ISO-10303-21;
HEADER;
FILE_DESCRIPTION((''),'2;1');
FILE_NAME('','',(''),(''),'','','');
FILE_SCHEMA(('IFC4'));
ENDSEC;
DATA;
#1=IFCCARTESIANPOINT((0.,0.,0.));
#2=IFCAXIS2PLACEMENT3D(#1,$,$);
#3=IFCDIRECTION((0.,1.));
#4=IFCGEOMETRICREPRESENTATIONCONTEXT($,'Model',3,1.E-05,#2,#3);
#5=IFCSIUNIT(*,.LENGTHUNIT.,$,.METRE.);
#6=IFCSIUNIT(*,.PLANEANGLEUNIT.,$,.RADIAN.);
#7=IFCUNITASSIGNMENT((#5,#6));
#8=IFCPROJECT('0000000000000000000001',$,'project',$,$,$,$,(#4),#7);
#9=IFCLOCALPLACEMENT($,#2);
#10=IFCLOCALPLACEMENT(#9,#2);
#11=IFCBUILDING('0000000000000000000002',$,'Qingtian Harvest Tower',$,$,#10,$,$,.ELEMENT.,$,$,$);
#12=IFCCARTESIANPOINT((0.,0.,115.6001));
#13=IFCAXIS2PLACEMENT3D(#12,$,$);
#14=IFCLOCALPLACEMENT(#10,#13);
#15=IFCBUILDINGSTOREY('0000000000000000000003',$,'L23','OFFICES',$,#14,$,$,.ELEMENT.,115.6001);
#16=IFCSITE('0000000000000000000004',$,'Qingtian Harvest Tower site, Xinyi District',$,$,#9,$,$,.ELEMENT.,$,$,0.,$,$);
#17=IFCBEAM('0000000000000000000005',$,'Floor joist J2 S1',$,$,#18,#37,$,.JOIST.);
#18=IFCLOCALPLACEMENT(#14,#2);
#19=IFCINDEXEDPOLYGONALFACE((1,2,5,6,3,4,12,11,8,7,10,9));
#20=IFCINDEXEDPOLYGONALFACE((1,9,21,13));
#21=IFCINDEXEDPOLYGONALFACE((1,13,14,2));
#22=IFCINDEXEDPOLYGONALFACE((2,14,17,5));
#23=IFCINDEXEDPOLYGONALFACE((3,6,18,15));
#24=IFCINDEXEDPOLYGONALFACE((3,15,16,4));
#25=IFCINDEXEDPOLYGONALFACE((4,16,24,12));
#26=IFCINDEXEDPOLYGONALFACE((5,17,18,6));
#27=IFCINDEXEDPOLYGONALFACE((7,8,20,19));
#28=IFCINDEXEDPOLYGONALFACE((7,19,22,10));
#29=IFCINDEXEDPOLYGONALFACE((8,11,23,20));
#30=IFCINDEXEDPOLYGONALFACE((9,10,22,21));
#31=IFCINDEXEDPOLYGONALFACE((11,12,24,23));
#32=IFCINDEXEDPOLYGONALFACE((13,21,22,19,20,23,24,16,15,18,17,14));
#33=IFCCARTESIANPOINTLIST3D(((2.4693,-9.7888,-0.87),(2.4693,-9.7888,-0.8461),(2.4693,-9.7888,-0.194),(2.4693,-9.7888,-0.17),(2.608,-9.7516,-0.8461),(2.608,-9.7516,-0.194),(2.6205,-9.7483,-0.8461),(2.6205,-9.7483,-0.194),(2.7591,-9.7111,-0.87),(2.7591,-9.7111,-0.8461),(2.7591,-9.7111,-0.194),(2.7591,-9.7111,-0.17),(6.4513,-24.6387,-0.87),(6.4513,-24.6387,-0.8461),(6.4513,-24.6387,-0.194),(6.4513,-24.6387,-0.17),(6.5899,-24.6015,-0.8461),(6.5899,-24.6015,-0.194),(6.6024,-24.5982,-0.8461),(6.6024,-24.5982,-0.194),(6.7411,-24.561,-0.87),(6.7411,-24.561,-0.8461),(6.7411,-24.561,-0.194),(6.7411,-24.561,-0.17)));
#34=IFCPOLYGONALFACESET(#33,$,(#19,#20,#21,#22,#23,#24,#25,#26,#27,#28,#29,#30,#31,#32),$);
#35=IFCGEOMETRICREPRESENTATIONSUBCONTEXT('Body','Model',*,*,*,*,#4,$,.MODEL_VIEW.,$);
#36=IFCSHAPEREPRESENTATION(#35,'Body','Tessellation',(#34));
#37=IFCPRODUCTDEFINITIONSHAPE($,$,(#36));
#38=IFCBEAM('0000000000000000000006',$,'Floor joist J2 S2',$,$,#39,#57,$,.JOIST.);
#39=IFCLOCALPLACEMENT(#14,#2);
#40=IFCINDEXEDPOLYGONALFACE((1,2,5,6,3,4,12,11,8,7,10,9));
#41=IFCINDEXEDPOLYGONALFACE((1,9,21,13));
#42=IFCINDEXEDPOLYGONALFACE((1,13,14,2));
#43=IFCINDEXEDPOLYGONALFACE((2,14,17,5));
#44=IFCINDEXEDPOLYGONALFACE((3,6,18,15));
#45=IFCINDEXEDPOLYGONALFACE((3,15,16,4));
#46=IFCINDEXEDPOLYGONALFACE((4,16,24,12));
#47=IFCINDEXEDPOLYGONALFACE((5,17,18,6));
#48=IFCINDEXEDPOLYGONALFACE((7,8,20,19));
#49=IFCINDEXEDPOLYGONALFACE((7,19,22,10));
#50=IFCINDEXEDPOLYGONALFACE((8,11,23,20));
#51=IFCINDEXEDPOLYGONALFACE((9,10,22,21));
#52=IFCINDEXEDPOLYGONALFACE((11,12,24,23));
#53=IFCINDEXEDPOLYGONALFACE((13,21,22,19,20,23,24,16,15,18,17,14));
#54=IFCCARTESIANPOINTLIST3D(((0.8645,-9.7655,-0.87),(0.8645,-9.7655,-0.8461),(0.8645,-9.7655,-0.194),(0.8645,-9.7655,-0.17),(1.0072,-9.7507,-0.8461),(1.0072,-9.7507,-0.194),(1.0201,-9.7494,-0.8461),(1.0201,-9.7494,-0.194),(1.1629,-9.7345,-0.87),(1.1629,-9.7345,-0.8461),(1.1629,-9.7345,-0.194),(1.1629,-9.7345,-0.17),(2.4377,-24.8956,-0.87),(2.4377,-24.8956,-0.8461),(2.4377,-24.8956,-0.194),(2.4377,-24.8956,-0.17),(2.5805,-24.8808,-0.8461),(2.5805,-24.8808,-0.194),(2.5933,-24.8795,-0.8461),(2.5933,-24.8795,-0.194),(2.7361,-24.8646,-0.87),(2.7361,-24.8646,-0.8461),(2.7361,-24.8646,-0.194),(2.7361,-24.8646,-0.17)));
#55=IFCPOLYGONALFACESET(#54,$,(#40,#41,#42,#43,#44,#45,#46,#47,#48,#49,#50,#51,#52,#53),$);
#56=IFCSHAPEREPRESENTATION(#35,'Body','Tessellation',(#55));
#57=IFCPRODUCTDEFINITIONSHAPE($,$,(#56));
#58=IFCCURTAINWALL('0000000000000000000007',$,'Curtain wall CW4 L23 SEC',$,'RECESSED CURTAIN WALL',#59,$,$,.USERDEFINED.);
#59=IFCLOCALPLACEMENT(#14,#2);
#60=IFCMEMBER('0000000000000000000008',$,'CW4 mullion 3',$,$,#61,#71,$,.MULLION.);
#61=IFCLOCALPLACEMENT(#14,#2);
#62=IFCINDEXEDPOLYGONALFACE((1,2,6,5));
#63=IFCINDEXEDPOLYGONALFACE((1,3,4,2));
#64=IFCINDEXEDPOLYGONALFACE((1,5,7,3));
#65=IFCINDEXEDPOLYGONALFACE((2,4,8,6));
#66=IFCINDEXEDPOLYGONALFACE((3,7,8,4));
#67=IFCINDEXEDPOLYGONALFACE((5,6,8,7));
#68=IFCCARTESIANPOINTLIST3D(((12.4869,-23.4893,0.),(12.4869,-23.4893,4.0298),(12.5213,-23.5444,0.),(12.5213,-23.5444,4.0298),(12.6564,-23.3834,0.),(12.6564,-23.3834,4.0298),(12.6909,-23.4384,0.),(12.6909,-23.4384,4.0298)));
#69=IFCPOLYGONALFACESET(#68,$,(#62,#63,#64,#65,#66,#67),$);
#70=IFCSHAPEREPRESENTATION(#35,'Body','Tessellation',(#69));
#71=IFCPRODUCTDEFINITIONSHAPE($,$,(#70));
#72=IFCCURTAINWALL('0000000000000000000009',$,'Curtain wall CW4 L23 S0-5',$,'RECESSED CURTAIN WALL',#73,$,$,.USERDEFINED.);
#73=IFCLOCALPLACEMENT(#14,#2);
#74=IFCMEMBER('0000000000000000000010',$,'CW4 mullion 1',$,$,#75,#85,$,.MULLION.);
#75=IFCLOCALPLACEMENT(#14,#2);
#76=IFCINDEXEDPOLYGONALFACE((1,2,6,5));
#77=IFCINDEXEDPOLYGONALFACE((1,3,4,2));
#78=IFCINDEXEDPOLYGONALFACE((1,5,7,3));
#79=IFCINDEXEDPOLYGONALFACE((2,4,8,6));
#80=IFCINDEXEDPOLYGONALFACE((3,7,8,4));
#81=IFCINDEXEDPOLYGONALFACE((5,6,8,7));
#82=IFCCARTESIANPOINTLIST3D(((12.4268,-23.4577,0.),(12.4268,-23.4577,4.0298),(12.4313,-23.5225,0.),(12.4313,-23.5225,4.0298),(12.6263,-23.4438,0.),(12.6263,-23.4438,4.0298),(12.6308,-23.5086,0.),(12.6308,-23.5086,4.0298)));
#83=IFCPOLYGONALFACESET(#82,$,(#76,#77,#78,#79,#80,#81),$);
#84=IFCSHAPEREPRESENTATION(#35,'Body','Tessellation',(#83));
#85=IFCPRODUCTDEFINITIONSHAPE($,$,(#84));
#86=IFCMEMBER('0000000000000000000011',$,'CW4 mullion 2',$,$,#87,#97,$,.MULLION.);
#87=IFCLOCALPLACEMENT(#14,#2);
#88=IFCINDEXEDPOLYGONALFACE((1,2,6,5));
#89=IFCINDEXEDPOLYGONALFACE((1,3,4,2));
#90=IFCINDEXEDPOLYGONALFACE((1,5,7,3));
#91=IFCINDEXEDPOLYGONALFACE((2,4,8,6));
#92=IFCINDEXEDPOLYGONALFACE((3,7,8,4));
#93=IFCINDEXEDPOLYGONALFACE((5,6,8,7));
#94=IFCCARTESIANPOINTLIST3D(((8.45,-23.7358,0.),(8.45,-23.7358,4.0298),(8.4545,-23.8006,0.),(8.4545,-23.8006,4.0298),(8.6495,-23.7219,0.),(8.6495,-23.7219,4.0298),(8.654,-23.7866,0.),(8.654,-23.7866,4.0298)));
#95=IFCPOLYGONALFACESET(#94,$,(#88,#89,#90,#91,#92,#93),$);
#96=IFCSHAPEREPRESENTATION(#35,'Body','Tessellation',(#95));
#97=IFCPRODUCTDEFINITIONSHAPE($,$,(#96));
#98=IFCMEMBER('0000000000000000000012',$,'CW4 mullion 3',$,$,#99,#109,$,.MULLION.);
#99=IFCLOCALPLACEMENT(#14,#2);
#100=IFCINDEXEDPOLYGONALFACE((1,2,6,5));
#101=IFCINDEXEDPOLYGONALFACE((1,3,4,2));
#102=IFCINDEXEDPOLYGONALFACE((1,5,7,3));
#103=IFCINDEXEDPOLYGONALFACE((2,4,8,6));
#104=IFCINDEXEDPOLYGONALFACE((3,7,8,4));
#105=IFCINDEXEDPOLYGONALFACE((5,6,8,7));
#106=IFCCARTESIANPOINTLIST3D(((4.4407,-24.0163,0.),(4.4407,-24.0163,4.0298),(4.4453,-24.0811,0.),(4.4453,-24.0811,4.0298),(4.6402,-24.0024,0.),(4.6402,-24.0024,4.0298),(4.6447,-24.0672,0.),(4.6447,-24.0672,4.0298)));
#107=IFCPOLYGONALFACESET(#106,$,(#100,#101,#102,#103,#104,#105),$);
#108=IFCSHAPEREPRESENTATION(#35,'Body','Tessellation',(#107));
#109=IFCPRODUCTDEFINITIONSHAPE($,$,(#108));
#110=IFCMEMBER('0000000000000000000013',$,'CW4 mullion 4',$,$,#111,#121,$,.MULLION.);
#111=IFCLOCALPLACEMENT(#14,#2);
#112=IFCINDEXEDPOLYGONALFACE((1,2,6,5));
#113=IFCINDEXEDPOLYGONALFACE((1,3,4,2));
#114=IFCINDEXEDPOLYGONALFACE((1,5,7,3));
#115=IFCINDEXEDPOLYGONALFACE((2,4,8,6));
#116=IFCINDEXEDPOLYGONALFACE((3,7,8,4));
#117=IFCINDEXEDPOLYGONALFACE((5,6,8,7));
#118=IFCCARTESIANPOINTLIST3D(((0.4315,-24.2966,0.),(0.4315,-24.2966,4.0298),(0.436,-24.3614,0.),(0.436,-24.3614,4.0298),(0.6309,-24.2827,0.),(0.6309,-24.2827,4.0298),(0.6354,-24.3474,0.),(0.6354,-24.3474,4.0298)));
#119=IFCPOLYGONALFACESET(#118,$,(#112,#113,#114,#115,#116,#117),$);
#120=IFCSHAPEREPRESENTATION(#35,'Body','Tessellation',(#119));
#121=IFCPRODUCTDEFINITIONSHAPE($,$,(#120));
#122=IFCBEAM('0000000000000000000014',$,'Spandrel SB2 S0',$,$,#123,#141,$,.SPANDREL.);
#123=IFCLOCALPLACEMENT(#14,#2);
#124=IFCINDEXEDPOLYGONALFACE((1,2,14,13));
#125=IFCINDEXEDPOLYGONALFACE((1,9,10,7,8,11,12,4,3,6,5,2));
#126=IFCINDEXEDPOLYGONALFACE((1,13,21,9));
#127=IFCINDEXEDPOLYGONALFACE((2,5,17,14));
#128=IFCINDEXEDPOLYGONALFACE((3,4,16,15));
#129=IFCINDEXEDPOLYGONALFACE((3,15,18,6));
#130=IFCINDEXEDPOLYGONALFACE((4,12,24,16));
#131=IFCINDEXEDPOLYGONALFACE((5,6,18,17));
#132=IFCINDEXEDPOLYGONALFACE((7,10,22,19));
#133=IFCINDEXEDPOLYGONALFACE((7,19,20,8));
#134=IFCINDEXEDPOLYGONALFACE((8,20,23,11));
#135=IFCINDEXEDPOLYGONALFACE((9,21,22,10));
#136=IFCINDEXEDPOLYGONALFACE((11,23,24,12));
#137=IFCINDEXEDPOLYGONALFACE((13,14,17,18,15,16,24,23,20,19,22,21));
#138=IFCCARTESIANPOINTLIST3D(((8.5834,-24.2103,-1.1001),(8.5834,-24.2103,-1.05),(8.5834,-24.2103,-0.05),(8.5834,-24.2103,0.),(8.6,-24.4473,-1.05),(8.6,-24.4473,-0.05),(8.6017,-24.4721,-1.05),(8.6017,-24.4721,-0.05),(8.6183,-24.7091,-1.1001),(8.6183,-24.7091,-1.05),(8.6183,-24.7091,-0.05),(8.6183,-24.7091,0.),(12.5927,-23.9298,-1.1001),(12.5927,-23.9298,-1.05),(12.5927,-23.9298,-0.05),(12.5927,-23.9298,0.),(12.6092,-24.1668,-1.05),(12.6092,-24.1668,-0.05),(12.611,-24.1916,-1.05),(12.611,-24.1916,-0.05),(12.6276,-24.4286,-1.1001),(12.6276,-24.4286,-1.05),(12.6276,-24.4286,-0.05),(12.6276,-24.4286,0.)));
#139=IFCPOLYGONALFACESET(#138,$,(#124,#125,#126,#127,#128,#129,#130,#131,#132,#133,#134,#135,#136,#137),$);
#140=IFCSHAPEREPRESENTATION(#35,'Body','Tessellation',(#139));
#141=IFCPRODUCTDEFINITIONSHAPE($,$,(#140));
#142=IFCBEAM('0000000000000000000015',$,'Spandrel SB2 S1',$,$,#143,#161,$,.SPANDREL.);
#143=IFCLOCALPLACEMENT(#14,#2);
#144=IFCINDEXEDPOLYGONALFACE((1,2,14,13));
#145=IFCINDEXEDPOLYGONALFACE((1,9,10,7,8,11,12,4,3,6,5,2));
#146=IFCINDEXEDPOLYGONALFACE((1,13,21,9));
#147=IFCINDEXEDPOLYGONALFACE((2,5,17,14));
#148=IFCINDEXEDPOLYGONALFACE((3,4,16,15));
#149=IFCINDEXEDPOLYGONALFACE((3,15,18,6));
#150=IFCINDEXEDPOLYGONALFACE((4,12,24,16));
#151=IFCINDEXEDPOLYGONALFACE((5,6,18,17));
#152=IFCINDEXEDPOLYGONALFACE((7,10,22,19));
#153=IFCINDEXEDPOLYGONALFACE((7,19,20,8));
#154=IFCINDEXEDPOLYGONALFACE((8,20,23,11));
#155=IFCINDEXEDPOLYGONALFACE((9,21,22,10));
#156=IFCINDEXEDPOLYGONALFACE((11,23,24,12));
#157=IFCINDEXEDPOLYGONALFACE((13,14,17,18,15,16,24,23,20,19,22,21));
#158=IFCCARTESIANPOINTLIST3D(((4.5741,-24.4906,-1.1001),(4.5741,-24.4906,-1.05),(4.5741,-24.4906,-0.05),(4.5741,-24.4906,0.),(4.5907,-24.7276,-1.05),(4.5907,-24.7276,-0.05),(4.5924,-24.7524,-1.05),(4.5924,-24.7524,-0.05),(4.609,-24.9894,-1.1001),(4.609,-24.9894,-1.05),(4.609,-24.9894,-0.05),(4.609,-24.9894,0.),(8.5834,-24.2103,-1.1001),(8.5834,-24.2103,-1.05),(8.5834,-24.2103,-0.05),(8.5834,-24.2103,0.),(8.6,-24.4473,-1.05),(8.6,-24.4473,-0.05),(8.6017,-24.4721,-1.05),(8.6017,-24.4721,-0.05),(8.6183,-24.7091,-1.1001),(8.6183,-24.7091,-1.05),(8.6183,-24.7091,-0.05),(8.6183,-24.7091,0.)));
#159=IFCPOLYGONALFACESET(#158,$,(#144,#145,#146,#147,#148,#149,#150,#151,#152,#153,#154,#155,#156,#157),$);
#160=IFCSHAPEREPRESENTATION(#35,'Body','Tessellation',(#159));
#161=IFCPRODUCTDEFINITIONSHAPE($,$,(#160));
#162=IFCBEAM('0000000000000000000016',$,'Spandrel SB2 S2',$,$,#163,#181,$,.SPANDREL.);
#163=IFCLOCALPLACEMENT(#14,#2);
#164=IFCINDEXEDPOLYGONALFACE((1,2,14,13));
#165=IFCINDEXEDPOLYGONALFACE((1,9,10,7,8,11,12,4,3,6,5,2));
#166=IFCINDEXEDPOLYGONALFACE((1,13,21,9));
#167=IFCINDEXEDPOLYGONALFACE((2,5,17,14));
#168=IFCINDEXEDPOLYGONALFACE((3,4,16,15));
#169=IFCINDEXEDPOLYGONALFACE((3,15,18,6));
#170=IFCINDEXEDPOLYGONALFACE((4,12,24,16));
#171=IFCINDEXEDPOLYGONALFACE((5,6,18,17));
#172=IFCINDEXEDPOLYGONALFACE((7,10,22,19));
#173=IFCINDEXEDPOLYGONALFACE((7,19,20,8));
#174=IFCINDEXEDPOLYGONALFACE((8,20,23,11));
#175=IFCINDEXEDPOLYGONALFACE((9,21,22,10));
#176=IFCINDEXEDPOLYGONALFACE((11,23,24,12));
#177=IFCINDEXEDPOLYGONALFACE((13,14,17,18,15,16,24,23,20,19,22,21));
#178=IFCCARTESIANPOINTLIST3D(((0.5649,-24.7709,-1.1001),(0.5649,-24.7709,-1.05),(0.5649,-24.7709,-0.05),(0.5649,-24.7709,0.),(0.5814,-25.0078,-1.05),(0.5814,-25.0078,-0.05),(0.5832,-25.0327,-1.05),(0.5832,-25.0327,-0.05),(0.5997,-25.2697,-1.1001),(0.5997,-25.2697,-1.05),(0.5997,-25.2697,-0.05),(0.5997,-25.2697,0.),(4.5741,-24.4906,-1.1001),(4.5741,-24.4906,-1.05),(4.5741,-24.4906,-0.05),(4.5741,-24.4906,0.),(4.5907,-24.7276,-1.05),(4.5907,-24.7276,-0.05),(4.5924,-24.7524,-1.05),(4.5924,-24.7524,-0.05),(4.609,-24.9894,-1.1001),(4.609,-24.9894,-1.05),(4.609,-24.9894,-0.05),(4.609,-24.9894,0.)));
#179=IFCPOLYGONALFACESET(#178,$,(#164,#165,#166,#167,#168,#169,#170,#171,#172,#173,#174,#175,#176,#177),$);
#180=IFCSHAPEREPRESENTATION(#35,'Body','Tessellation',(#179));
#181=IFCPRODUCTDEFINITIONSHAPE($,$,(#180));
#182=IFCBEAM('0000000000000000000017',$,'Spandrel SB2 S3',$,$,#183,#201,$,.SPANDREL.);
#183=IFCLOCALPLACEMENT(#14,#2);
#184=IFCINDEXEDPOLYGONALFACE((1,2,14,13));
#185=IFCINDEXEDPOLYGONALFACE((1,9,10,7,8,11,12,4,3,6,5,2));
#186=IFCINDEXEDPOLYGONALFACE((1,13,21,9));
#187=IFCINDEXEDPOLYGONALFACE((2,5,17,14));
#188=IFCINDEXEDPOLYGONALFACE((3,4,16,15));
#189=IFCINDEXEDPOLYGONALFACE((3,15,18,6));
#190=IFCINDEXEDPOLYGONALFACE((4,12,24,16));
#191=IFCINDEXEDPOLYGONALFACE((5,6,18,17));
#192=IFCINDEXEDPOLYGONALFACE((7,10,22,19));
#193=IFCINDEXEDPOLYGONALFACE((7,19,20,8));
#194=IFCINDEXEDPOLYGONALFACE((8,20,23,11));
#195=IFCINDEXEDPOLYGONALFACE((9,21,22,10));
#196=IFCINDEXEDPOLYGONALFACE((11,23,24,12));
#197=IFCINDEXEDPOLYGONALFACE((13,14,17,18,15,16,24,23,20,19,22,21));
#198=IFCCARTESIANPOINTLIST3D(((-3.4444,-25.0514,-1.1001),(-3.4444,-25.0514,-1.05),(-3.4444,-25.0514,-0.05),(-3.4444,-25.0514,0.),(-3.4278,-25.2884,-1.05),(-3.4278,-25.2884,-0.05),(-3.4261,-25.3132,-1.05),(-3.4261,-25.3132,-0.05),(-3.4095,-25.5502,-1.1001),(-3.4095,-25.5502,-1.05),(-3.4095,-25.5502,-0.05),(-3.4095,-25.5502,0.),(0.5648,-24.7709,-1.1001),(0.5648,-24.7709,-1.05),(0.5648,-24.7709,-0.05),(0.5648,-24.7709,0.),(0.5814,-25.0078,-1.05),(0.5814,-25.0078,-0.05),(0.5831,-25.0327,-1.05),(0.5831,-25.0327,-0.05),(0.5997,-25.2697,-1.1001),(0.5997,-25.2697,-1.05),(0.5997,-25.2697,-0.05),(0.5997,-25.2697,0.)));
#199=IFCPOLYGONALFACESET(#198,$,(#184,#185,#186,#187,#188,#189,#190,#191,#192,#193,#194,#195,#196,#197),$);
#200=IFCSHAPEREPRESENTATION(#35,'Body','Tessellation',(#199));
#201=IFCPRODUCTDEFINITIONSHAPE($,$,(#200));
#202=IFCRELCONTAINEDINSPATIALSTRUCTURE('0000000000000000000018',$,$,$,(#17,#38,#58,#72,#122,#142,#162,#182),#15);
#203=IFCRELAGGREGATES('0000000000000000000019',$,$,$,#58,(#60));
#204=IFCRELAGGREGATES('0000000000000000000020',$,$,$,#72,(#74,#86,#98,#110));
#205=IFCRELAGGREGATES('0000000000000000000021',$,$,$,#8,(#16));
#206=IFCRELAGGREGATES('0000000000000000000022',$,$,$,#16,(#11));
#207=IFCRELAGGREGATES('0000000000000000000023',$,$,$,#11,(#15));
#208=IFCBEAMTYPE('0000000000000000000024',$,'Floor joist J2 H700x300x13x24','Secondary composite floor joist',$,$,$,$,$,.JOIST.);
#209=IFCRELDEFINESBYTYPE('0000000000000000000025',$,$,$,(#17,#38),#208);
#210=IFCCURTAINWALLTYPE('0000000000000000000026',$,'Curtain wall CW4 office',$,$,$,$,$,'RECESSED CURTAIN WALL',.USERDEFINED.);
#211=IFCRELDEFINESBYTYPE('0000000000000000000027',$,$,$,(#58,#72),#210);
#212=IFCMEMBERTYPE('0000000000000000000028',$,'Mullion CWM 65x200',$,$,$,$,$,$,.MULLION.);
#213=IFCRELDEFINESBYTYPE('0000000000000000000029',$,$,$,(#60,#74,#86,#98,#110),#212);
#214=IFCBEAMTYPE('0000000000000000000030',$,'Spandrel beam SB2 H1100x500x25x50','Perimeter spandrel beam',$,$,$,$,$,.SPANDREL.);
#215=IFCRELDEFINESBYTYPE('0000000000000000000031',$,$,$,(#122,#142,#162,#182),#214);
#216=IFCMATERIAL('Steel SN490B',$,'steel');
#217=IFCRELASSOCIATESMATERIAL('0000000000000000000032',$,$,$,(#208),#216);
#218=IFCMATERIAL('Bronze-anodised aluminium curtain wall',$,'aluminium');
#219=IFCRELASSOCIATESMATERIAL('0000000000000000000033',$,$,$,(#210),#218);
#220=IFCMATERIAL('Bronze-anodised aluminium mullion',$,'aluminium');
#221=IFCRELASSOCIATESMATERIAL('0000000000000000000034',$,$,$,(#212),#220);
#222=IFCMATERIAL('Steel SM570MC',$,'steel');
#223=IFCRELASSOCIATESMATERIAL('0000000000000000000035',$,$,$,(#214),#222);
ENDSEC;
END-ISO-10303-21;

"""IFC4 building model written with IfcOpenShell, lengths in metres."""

from ifc_helpers import new_model, si_unit, direction, frame, origin, origin_2d, place, context, subcontext, project, spatial, rectangle, i_section, extrude, material, material_profile, profile_set, type_object, element, aggregate, save


model = new_model("IFC4")

# Units and contexts
model_context = context("Model", 3, precision=1e-05, world=origin(), true_north=direction((0.0, 1.0)))
body_context = subcontext(model_context, "Body", "Model", "MODEL_VIEW")
ifc_project = project(units=[si_unit("LENGTHUNIT", "METRE"), si_unit("PLANEANGLEUNIT", "RADIAN")], contexts=[model_context])

# Site, building, storey
site_placement = place(None, origin())
site = spatial("IfcSite", under=ifc_project, at=site_placement, Name="Qingtian Harvest Tower site, Xinyi District", CompositionType="ELEMENT", RefElevation=0.0)
building_placement = place(site_placement, origin())
building = spatial("IfcBuilding", under=site, at=building_placement, Name="Qingtian Harvest Tower", CompositionType="ELEMENT")
storey_placement = place(building_placement, frame((0.0, 0.0, 115.6001)))
storey = spatial("IfcBuildingStorey", under=building, at=storey_placement, Name="L23", Description="OFFICES", CompositionType="ELEMENT", Elevation=115.6001)

# Beams
ifc_material_1 = material(Name="Steel SN490B", Category="steel")
ifc_material_profile_1 = material_profile(ifc_material_1, i_section(OverallWidth=0.3, OverallDepth=0.7, WebThickness=0.0129, FlangeThickness=0.0239, at=origin_2d()), Name="H700x300x13x24")
ifc_profile_set_1 = profile_set([ifc_material_profile_1], Name="Steel SN490B")
beam_type_1 = type_object("IfcBeamType", Name="Floor joist J2 H700x300x13x24", Description="Secondary composite floor joist", PredefinedType="JOIST", material=ifc_profile_set_1)
beam_1_placement = place(storey_placement, frame((6.5962, -24.5999, -0.52), z_axis=(-0.258997, 0.965878, 0.0), x_axis=(-0.965878, -0.258997, 0.0)))
element("IfcBeam", 1, at=beam_1_placement, inside=storey, type_object=beam_type_1, Name="Floor joist J2 S1", PredefinedType="JOIST", context=body_context, shape_type="SweptSolid", body=[
    extrude(i_section(OverallWidth=0.3, OverallDepth=0.7, WebThickness=0.0129, FlangeThickness=0.0239, at=origin_2d()), origin(), (0.0, 0.0, 1.0), 15.3745),
])
beam_2_placement = place(storey_placement, frame((2.5869, -24.8801, -0.52), z_axis=(-0.103423, 0.994637, 0.0), x_axis=(-0.994637, -0.103423, 0.0)))
element("IfcBeam", 2, at=beam_2_placement, inside=storey, type_object=beam_type_1, Name="Floor joist J2 S2", PredefinedType="JOIST", context=body_context, shape_type="SweptSolid", body=[
    extrude(i_section(OverallWidth=0.3, OverallDepth=0.7, WebThickness=0.0129, FlangeThickness=0.0239, at=origin_2d()), origin(), (0.0, 0.0, 1.0), 15.2117),
])

# Curtain wall, member
ifc_material_2 = material(Name="Bronze-anodised aluminium curtain wall", Category="aluminium")
curtain_wall_type = type_object("IfcCurtainWallType", Name="Curtain wall CW4 office", ElementType="RECESSED CURTAIN WALL", PredefinedType="USERDEFINED", material=ifc_material_2)
curtain_wall_1_placement = place(storey_placement, origin())
curtain_wall_1 = element("IfcCurtainWall", 3, at=curtain_wall_1_placement, inside=storey, type_object=curtain_wall_type, Name="Curtain wall CW4 L23 SEC", ObjectType="RECESSED CURTAIN WALL", PredefinedType="USERDEFINED")
ifc_material_3 = material(Name="Bronze-anodised aluminium mullion", Category="aluminium")
ifc_material_profile_2 = material_profile(ifc_material_3, rectangle(XDim=0.0649, YDim=0.2, at=origin_2d()), Name="AL 65x200")
ifc_profile_set_2 = profile_set([ifc_material_profile_2], Name="Bronze-anodised aluminium mullion")
member_type_1 = type_object("IfcMemberType", Name="Mullion CWM 65x200", PredefinedType="MULLION", material=ifc_profile_set_2)
member_1_placement = place(storey_placement, frame((12.5889, -23.4639, 0.0), z_axis=(0.0, 0.0, 1.0), x_axis=(0.529919, -0.848048, 0.0)))
member_1 = element("IfcMember", 4, at=member_1_placement, type_object=member_type_1, Name="CW4 mullion 3", PredefinedType="MULLION", context=body_context, shape_type="SweptSolid", body=[
    extrude(rectangle(XDim=0.0649, YDim=0.2, at=origin_2d()), origin(), (0.0, 0.0, 1.0), 4.0298),
])
aggregate(curtain_wall_1, [member_1])

# Curtain wall, members
curtain_wall_2_placement = place(storey_placement, origin())
curtain_wall_2 = element("IfcCurtainWall", 5, at=curtain_wall_2_placement, inside=storey, type_object=curtain_wall_type, Name="Curtain wall CW4 L23 S0-5", ObjectType="RECESSED CURTAIN WALL", PredefinedType="USERDEFINED")
member_2_placement = place(storey_placement, frame((12.5288, -23.4832, 0.0), z_axis=(0.0, 0.0, 1.0), x_axis=(0.069756, -0.997564, 0.0)))
member_2 = element("IfcMember", 6, at=member_2_placement, type_object=member_type_1, Name="CW4 mullion 1", PredefinedType="MULLION", context=body_context, shape_type="SweptSolid", body=[
    extrude(rectangle(XDim=0.0649, YDim=0.2, at=origin_2d()), origin(), (0.0, 0.0, 1.0), 4.0298),
])
member_3_placement = place(storey_placement, frame((8.552, -23.7612, 0.0), z_axis=(0.0, 0.0, 1.0), x_axis=(0.069756, -0.997564, 0.0)))
member_3 = element("IfcMember", 7, at=member_3_placement, type_object=member_type_1, Name="CW4 mullion 2", PredefinedType="MULLION", context=body_context, shape_type="SweptSolid", body=[
    extrude(rectangle(XDim=0.0649, YDim=0.2, at=origin_2d()), origin(), (0.0, 0.0, 1.0), 4.0298),
])
member_4_placement = place(storey_placement, frame((4.5427, -24.0417, 0.0), z_axis=(0.0, 0.0, 1.0), x_axis=(0.069756, -0.997564, 0.0)))
member_4 = element("IfcMember", 8, at=member_4_placement, type_object=member_type_1, Name="CW4 mullion 3", PredefinedType="MULLION", context=body_context, shape_type="SweptSolid", body=[
    extrude(rectangle(XDim=0.0649, YDim=0.2, at=origin_2d()), origin(), (0.0, 0.0, 1.0), 4.0298),
])
member_5_placement = place(storey_placement, frame((0.5334, -24.322, 0.0), z_axis=(0.0, 0.0, 1.0), x_axis=(0.069756, -0.997564, 0.0)))
member_5 = element("IfcMember", 9, at=member_5_placement, type_object=member_type_1, Name="CW4 mullion 4", PredefinedType="MULLION", context=body_context, shape_type="SweptSolid", body=[
    extrude(rectangle(XDim=0.0649, YDim=0.2, at=origin_2d()), origin(), (0.0, 0.0, 1.0), 4.0298),
])

# Beams
ifc_material_4 = material(Name="Steel SM570MC", Category="steel")
ifc_material_profile_3 = material_profile(ifc_material_4, i_section(OverallWidth=0.5, OverallDepth=1.1001, WebThickness=0.0249, FlangeThickness=0.05, at=origin_2d()), Name="H1100x500x25x50")
ifc_profile_set_3 = profile_set([ifc_material_profile_3], Name="Steel SM570MC")
beam_type_2 = type_object("IfcBeamType", Name="Spandrel beam SB2 H1100x500x25x50", Description="Perimeter spandrel beam", PredefinedType="SPANDREL", material=ifc_profile_set_3)
for number, where, z_axis, x_axis, name in (
    (10, (12.6101, -24.1792, -0.55), (-0.997561, -0.069796, 0.0), (0.069796, -0.997561, 0.0), "Spandrel SB2 S0"),
    (11, (8.6008, -24.4597, -0.55), (-0.997565, -0.069736, 0.0), (0.069736, -0.997565, 0.0), "Spandrel SB2 S1"),
    (12, (4.5916, -24.74, -0.55), (-0.997565, -0.069736, 0.0), (0.069736, -0.997565, 0.0), "Spandrel SB2 S2"),
    (13, (0.5823, -25.0203, -0.55), (-0.997561, -0.069796, 0.0), (0.069796, -0.997561, 0.0), "Spandrel SB2 S3"),
):
    element("IfcBeam", number, at=place(storey_placement, frame(where, z_axis=z_axis, x_axis=x_axis)), inside=storey, type_object=beam_type_2, Name=name, PredefinedType="SPANDREL", context=body_context, shape_type="SweptSolid", body=[
        extrude(i_section(OverallWidth=0.5, OverallDepth=1.1001, WebThickness=0.0249, FlangeThickness=0.05, at=origin_2d()), origin(), (0.0, 0.0, 1.0), 4.019),
    ])

aggregate(curtain_wall_2, [member_2, member_3, member_4, member_5])

save(model, "model.ifc")
